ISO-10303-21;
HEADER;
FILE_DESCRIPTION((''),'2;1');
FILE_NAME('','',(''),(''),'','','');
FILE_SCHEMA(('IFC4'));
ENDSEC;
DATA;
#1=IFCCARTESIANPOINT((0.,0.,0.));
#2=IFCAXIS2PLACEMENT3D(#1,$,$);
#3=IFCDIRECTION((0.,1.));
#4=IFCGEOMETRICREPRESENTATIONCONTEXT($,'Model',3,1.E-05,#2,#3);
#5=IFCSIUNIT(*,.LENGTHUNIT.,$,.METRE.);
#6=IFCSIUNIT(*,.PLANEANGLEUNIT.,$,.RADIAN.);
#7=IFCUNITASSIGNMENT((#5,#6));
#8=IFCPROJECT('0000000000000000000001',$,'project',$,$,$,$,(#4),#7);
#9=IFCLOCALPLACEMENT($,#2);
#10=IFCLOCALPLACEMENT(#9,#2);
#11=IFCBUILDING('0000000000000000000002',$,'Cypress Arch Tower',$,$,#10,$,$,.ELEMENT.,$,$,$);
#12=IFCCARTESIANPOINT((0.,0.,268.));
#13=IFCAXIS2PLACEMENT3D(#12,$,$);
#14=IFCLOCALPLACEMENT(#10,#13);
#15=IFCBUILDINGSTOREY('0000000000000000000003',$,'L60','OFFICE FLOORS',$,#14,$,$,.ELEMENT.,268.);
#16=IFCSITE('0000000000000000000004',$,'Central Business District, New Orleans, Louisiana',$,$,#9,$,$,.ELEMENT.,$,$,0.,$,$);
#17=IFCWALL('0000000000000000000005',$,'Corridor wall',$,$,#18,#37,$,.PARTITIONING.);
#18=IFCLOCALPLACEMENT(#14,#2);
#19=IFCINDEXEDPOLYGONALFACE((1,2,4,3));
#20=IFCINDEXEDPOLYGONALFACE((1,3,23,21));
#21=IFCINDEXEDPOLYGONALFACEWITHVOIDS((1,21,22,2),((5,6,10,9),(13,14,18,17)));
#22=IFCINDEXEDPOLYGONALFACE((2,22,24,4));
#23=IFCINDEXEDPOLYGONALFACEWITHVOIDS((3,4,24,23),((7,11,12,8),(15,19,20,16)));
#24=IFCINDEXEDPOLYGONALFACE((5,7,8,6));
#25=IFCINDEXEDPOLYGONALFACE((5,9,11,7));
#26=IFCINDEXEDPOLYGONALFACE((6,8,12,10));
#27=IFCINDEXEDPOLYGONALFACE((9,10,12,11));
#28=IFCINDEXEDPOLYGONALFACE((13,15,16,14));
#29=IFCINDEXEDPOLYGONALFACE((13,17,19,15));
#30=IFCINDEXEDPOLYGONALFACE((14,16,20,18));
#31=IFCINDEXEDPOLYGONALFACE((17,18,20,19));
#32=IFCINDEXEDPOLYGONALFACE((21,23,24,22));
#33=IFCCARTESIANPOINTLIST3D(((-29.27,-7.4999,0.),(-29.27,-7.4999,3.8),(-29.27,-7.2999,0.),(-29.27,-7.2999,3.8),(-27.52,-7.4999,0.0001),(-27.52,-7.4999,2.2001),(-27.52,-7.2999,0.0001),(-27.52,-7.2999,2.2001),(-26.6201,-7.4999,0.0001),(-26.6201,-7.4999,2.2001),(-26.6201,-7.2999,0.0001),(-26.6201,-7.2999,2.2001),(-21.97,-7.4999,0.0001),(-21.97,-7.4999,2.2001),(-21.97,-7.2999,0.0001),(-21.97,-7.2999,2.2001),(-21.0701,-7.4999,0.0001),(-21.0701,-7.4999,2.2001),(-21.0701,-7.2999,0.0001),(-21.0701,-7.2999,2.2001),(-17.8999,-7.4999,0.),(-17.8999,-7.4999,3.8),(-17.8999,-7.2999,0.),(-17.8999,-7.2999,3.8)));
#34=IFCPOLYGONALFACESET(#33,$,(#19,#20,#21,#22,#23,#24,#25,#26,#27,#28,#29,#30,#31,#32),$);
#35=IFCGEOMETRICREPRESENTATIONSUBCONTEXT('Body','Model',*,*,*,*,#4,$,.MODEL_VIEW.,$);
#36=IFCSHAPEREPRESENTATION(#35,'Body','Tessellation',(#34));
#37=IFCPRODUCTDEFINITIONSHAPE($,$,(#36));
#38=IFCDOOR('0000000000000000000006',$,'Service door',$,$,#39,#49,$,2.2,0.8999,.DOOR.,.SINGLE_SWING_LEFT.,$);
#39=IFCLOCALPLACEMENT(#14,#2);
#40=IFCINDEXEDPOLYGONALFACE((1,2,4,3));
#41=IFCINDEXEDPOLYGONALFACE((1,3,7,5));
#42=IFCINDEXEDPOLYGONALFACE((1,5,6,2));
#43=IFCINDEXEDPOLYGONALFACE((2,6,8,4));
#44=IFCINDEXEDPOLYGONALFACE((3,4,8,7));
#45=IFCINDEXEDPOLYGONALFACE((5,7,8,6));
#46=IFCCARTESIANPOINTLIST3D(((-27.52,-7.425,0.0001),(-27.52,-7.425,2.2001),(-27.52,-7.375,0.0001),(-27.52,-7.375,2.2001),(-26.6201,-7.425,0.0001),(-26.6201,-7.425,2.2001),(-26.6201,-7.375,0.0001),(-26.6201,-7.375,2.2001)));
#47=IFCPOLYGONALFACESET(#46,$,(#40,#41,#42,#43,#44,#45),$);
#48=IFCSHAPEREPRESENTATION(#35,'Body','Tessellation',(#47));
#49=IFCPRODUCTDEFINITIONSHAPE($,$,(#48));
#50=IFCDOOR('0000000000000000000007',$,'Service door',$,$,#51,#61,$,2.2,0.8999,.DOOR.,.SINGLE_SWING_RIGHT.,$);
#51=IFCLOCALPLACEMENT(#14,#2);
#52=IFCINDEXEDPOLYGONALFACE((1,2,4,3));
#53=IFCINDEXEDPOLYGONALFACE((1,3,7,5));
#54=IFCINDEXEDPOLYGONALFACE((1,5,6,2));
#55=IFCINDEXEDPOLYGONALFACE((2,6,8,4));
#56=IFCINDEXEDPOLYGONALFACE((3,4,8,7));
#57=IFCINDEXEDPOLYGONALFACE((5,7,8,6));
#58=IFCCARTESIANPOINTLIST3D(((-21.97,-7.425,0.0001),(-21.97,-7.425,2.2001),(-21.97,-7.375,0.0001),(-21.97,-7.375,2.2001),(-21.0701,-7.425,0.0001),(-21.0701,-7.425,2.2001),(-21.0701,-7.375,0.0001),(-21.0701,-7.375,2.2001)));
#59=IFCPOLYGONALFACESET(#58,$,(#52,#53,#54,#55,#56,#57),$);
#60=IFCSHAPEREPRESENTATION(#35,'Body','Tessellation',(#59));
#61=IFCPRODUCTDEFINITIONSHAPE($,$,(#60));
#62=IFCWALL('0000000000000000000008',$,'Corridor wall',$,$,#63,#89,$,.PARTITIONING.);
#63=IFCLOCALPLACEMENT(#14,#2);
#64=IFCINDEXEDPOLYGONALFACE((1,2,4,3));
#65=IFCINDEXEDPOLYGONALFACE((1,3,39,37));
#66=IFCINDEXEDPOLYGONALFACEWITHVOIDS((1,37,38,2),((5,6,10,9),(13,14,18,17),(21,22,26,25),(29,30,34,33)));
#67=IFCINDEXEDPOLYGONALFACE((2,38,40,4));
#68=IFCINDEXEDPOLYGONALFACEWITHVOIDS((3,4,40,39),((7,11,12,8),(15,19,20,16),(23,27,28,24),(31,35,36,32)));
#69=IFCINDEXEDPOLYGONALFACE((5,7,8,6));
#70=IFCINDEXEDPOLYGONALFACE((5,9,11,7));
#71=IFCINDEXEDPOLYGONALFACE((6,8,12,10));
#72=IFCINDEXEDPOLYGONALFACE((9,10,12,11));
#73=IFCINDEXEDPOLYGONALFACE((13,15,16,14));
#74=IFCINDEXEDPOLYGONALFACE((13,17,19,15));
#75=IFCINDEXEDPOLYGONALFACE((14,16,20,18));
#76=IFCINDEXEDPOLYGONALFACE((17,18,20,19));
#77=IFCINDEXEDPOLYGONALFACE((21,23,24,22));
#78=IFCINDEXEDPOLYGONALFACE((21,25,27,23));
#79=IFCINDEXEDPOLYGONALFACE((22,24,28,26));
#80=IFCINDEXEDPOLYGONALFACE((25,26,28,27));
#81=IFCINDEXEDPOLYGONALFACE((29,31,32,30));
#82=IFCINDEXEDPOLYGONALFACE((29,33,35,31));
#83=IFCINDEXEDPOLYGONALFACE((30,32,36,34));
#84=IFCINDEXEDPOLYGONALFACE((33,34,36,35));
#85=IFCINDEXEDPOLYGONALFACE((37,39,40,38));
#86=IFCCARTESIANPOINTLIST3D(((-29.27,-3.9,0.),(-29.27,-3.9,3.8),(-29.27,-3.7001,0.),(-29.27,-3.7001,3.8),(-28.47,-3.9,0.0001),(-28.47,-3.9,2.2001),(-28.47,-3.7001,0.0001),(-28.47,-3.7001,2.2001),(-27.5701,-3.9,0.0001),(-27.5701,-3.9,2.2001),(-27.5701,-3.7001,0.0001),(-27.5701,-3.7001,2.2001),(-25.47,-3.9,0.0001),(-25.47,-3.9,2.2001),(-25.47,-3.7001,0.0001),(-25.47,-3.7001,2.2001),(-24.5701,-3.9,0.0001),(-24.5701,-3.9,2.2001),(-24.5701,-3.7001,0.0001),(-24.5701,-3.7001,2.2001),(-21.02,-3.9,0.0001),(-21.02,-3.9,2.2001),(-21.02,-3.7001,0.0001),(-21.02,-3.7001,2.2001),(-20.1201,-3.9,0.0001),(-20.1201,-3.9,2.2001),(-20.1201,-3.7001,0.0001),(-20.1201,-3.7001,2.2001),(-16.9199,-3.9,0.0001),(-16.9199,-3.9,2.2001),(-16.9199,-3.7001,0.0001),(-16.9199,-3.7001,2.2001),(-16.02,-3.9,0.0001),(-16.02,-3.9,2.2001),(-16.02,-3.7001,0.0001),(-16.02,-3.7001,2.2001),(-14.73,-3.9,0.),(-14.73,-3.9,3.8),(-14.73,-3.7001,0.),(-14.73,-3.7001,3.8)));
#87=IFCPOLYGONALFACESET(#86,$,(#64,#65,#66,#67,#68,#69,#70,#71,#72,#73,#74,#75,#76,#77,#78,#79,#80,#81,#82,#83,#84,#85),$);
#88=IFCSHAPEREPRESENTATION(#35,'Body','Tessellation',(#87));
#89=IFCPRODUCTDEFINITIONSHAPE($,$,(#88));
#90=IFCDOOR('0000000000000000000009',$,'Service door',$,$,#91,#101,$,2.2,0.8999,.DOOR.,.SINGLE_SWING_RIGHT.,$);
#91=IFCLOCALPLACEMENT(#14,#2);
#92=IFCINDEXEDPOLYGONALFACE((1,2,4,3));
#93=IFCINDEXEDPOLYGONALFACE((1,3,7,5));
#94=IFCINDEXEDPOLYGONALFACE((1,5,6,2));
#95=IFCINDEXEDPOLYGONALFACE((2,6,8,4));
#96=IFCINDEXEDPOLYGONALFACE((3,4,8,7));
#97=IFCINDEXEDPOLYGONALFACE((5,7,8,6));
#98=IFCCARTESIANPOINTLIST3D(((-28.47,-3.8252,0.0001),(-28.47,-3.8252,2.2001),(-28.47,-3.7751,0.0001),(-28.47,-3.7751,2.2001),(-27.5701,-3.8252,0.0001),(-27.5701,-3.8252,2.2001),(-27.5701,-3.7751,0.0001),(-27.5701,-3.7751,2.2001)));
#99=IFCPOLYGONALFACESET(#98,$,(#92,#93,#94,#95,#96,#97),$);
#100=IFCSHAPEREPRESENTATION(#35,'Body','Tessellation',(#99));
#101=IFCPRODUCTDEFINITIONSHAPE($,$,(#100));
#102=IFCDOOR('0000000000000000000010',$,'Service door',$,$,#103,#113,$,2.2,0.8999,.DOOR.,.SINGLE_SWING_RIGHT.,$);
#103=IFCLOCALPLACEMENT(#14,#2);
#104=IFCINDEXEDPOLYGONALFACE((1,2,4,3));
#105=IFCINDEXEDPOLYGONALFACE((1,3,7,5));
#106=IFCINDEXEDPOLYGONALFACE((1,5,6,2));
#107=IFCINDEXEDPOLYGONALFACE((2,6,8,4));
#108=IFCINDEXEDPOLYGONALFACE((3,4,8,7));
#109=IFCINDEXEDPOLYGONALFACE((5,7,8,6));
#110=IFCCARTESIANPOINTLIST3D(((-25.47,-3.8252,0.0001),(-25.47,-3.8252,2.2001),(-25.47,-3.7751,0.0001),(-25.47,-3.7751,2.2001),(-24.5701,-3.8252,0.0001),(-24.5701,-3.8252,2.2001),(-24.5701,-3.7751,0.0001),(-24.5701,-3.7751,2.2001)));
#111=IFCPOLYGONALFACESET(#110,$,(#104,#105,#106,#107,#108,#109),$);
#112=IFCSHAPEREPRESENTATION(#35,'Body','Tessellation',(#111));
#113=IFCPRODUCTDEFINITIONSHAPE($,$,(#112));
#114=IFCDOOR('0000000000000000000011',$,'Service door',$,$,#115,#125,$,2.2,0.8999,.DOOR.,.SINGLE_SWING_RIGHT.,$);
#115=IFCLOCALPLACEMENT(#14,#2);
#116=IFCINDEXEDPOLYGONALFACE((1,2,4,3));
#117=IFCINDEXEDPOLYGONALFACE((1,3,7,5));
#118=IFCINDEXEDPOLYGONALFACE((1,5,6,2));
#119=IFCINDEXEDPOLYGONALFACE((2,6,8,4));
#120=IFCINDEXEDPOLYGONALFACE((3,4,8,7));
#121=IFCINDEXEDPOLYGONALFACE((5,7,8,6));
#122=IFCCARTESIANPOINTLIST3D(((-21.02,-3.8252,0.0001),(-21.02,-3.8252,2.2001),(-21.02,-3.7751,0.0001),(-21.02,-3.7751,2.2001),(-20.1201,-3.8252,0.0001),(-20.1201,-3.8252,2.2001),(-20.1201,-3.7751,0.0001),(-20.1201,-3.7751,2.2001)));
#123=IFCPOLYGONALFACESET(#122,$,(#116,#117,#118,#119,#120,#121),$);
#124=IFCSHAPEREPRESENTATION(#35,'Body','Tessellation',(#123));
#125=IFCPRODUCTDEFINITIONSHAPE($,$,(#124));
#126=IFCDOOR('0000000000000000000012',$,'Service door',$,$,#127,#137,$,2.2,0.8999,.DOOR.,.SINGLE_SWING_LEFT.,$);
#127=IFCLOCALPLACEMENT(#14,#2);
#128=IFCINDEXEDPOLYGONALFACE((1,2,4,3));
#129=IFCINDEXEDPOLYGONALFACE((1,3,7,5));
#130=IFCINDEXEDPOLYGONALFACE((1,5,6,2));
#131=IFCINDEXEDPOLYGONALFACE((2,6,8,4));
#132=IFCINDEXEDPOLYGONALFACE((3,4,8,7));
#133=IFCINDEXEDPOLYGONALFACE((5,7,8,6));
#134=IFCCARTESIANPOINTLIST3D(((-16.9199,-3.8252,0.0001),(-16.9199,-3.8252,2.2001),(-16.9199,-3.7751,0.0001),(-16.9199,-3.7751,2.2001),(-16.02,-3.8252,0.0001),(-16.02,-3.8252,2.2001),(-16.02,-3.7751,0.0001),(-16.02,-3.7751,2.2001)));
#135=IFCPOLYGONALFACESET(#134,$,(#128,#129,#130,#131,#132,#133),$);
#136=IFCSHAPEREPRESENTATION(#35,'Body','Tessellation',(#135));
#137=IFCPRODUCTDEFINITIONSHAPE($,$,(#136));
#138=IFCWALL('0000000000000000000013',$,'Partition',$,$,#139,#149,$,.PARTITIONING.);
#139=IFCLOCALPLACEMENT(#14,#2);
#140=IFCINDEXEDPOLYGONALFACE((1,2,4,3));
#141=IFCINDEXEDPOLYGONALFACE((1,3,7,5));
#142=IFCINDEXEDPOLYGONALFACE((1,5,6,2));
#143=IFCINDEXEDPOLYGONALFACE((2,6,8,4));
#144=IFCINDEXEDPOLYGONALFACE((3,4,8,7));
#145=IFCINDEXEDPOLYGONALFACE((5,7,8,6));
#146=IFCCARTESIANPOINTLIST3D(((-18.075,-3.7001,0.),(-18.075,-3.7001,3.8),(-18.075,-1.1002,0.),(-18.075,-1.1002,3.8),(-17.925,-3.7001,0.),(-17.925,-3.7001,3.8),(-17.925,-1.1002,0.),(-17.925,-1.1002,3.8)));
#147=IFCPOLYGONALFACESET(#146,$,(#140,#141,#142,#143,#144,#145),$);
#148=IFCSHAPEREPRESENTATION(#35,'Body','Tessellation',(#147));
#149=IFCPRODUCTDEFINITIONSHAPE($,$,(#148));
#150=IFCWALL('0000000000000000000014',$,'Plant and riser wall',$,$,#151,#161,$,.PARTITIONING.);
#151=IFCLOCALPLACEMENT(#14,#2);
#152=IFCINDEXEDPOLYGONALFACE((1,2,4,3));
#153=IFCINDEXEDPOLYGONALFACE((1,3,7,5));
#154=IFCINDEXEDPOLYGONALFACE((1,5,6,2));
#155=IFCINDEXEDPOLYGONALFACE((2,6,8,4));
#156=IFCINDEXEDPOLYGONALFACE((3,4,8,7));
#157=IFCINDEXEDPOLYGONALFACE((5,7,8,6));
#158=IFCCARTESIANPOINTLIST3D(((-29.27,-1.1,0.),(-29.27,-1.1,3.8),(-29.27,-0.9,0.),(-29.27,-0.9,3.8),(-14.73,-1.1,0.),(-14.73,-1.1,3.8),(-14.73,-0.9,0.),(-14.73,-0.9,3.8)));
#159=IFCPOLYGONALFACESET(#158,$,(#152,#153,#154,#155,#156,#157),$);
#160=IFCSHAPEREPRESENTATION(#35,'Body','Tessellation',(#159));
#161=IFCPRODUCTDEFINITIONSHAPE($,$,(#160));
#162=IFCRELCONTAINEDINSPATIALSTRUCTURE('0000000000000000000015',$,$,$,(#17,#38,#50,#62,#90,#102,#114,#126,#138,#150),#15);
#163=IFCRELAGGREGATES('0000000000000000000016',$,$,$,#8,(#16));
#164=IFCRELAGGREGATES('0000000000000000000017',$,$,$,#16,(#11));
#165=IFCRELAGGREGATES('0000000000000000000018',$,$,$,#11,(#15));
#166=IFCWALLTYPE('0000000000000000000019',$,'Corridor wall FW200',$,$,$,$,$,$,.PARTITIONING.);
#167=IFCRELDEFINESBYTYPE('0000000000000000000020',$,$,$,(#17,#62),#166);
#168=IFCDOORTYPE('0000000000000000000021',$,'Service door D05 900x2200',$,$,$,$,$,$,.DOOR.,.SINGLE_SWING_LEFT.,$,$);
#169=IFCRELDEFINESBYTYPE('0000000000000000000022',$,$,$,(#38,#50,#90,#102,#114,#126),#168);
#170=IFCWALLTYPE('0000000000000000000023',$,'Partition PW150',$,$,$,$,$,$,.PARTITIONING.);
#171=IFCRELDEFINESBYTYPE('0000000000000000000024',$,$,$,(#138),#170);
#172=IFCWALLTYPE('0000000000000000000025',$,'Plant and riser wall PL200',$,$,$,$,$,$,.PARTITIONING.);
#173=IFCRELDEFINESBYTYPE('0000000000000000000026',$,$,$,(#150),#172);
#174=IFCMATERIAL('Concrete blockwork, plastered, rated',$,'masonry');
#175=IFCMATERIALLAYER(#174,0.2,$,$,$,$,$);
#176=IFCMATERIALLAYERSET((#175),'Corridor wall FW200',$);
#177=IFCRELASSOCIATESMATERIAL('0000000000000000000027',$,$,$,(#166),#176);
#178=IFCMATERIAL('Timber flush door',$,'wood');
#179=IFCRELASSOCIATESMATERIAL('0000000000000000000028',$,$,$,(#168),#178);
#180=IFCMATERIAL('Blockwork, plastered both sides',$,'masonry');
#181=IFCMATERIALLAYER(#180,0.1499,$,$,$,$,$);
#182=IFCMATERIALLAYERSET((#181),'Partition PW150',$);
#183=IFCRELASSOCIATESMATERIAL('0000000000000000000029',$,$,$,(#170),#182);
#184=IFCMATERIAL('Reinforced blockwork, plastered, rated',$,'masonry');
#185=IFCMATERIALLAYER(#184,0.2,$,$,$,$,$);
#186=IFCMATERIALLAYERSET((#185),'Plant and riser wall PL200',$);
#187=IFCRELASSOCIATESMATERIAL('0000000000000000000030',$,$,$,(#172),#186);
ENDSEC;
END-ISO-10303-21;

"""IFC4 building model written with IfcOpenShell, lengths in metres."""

from ifc_helpers import new_model, si_unit, direction, frame, frame_2d, origin, place, context, subcontext, project, spatial, rectangle, extrude, material, layer, layer_set, type_object, element, fill, save


model = new_model("IFC4")

# Units and contexts
model_context = context("Model", 3, precision=1e-05, world=origin(), true_north=direction((0.0, 1.0)))
body_context = subcontext(model_context, "Body", "Model", "MODEL_VIEW")
ifc_project = project(units=[si_unit("LENGTHUNIT", "METRE"), si_unit("PLANEANGLEUNIT", "RADIAN")], contexts=[model_context])

# Site, building, storey
site_placement = place(None, origin())
site = spatial("IfcSite", under=ifc_project, at=site_placement, Name="Central Business District, New Orleans, Louisiana", CompositionType="ELEMENT", RefElevation=0.0)
building_placement = place(site_placement, origin())
building = spatial("IfcBuilding", under=site, at=building_placement, Name="Cypress Arch Tower", CompositionType="ELEMENT")
storey_placement = place(building_placement, frame((0.0, 0.0, 268.0)))
storey = spatial("IfcBuildingStorey", under=building, at=storey_placement, Name="L60", Description="OFFICE FLOORS", CompositionType="ELEMENT", Elevation=268.0)

# Walls, openings, doors
ifc_material_1 = material(Name="Concrete blockwork, plastered, rated", Category="masonry")
ifc_layer_1 = layer(ifc_material_1, 0.2)
ifc_layer_set_1 = layer_set([ifc_layer_1], Name="Corridor wall FW200")
wall_type_1 = type_object("IfcWallType", Name="Corridor wall FW200", PredefinedType="PARTITIONING", material=ifc_layer_set_1)
wall_1_placement = place(storey_placement, frame((-29.27, -7.3999, 0.0), z_axis=(0.0, 0.0, 1.0), x_axis=(1.0, 0.0, 0.0)))
wall_1 = element("IfcWall", 1, at=wall_1_placement, inside=storey, type_object=wall_type_1, Name="Corridor wall", PredefinedType="PARTITIONING", context=body_context, shape_type="SweptSolid", body=[
    extrude(rectangle(XDim=11.3701, YDim=0.2, at=frame_2d((5.6851, 0.0))), origin(), (0.0, 0.0, 1.0), 3.8),
])
opening_1_placement = place(wall_1_placement, frame((1.75, 0.0, 0.0)))
opening_1 = element("IfcOpeningElement", 2, at=opening_1_placement, cuts=wall_1, PredefinedType="OPENING", context=body_context, shape_type="SweptSolid", body=[
    extrude(rectangle(XDim=0.8999, YDim=2.2, at=frame_2d((0.45, 1.1001))), frame((0.0, 0.1099, 0.0), z_axis=(0.0, -1.0, 0.0), x_axis=(1.0, 0.0, 0.0)), (0.0, 0.0, 1.0), 0.22),
])
opening_2_placement = place(wall_1_placement, frame((7.3, 0.0, 0.0)))
opening_2 = element("IfcOpeningElement", 3, at=opening_2_placement, cuts=wall_1, PredefinedType="OPENING", context=body_context, shape_type="SweptSolid", body=[
    extrude(rectangle(XDim=0.8999, YDim=2.2, at=frame_2d((0.45, 1.1001))), frame((0.0, 0.1099, 0.0), z_axis=(0.0, -1.0, 0.0), x_axis=(1.0, 0.0, 0.0)), (0.0, 0.0, 1.0), 0.22),
])
ifc_material_2 = material(Name="Timber flush door", Category="wood")
door_type = type_object("IfcDoorType", Name="Service door D05 900x2200", OperationType="SINGLE_SWING_LEFT", PredefinedType="DOOR", material=ifc_material_2)
door_1_placement = place(opening_1_placement, origin())
door_1 = element("IfcDoor", 4, at=door_1_placement, inside=storey, type_object=door_type, Name="Service door", OperationType="SINGLE_SWING_LEFT", OverallHeight=2.2, OverallWidth=0.8999, PredefinedType="DOOR", context=body_context, shape_type="SweptSolid", body=[
    extrude(rectangle(XDim=0.8999, YDim=2.2, at=frame_2d((0.45, 1.1001))), frame((0.0, 0.0249, 0.0), z_axis=(0.0, -1.0, 0.0), x_axis=(1.0, 0.0, 0.0)), (0.0, 0.0, 1.0), 0.05),
])
fill(opening_1, door_1)
door_2_placement = place(opening_2_placement, origin())
door_2 = element("IfcDoor", 5, at=door_2_placement, inside=storey, type_object=door_type, Name="Service door", OperationType="SINGLE_SWING_RIGHT", OverallHeight=2.2, OverallWidth=0.8999, PredefinedType="DOOR", context=body_context, shape_type="SweptSolid", body=[
    extrude(rectangle(XDim=0.8999, YDim=2.2, at=frame_2d((0.45, 1.1001))), frame((0.0, 0.0249, 0.0), z_axis=(0.0, -1.0, 0.0), x_axis=(1.0, 0.0, 0.0)), (0.0, 0.0, 1.0), 0.05),
])
fill(opening_2, door_2)
wall_2_placement = place(storey_placement, frame((-29.27, -3.8, 0.0), z_axis=(0.0, 0.0, 1.0), x_axis=(1.0, 0.0, 0.0)))
wall_2 = element("IfcWall", 6, at=wall_2_placement, inside=storey, type_object=wall_type_1, Name="Corridor wall", PredefinedType="PARTITIONING", context=body_context, shape_type="SweptSolid", body=[
    extrude(rectangle(XDim=14.54, YDim=0.2, at=frame_2d((7.27, 0.0))), origin(), (0.0, 0.0, 1.0), 3.8),
])
opening_3_placement = place(wall_2_placement, frame((0.8, 0.0, 0.0)))
opening_3 = element("IfcOpeningElement", 7, at=opening_3_placement, cuts=wall_2, PredefinedType="OPENING", context=body_context, shape_type="SweptSolid", body=[
    extrude(rectangle(XDim=0.8999, YDim=2.2, at=frame_2d((0.45, 1.1001))), frame((0.0, 0.1099, 0.0), z_axis=(0.0, -1.0, 0.0), x_axis=(1.0, 0.0, 0.0)), (0.0, 0.0, 1.0), 0.22),
])
opening_4_placement = place(wall_2_placement, frame((3.8, 0.0, 0.0)))
opening_4 = element("IfcOpeningElement", 8, at=opening_4_placement, cuts=wall_2, PredefinedType="OPENING", context=body_context, shape_type="SweptSolid", body=[
    extrude(rectangle(XDim=0.8999, YDim=2.2, at=frame_2d((0.45, 1.1001))), frame((0.0, 0.1099, 0.0), z_axis=(0.0, -1.0, 0.0), x_axis=(1.0, 0.0, 0.0)), (0.0, 0.0, 1.0), 0.22),
])
opening_5_placement = place(wall_2_placement, frame((8.25, 0.0, 0.0)))
opening_5 = element("IfcOpeningElement", 9, at=opening_5_placement, cuts=wall_2, PredefinedType="OPENING", context=body_context, shape_type="SweptSolid", body=[
    extrude(rectangle(XDim=0.8999, YDim=2.2, at=frame_2d((0.45, 1.1001))), frame((0.0, 0.1099, 0.0), z_axis=(0.0, -1.0, 0.0), x_axis=(1.0, 0.0, 0.0)), (0.0, 0.0, 1.0), 0.22),
])
opening_6_placement = place(wall_2_placement, frame((12.3501, 0.0, 0.0)))
opening_6 = element("IfcOpeningElement", 10, at=opening_6_placement, cuts=wall_2, PredefinedType="OPENING", context=body_context, shape_type="SweptSolid", body=[
    extrude(rectangle(XDim=0.8999, YDim=2.2, at=frame_2d((0.45, 1.1001))), frame((0.0, 0.1099, 0.0), z_axis=(0.0, -1.0, 0.0), x_axis=(1.0, 0.0, 0.0)), (0.0, 0.0, 1.0), 0.22),
])
door_3_placement = place(opening_3_placement, origin())
door_3 = element("IfcDoor", 11, at=door_3_placement, inside=storey, type_object=door_type, Name="Service door", OperationType="SINGLE_SWING_RIGHT", OverallHeight=2.2, OverallWidth=0.8999, PredefinedType="DOOR", context=body_context, shape_type="SweptSolid", body=[
    extrude(rectangle(XDim=0.8999, YDim=2.2, at=frame_2d((0.45, 1.1001))), frame((0.0, 0.0249, 0.0), z_axis=(0.0, -1.0, 0.0), x_axis=(1.0, 0.0, 0.0)), (0.0, 0.0, 1.0), 0.05),
])
fill(opening_3, door_3)
door_4_placement = place(opening_4_placement, origin())
door_4 = element("IfcDoor", 12, at=door_4_placement, inside=storey, type_object=door_type, Name="Service door", OperationType="SINGLE_SWING_RIGHT", OverallHeight=2.2, OverallWidth=0.8999, PredefinedType="DOOR", context=body_context, shape_type="SweptSolid", body=[
    extrude(rectangle(XDim=0.8999, YDim=2.2, at=frame_2d((0.45, 1.1001))), frame((0.0, 0.0249, 0.0), z_axis=(0.0, -1.0, 0.0), x_axis=(1.0, 0.0, 0.0)), (0.0, 0.0, 1.0), 0.05),
])
fill(opening_4, door_4)
door_5_placement = place(opening_5_placement, origin())
door_5 = element("IfcDoor", 13, at=door_5_placement, inside=storey, type_object=door_type, Name="Service door", OperationType="SINGLE_SWING_RIGHT", OverallHeight=2.2, OverallWidth=0.8999, PredefinedType="DOOR", context=body_context, shape_type="SweptSolid", body=[
    extrude(rectangle(XDim=0.8999, YDim=2.2, at=frame_2d((0.45, 1.1001))), frame((0.0, 0.0249, 0.0), z_axis=(0.0, -1.0, 0.0), x_axis=(1.0, 0.0, 0.0)), (0.0, 0.0, 1.0), 0.05),
])
fill(opening_5, door_5)
door_6_placement = place(opening_6_placement, origin())
door_6 = element("IfcDoor", 14, at=door_6_placement, inside=storey, type_object=door_type, Name="Service door", OperationType="SINGLE_SWING_LEFT", OverallHeight=2.2, OverallWidth=0.8999, PredefinedType="DOOR", context=body_context, shape_type="SweptSolid", body=[
    extrude(rectangle(XDim=0.8999, YDim=2.2, at=frame_2d((0.45, 1.1001))), frame((0.0, 0.0249, 0.0), z_axis=(0.0, -1.0, 0.0), x_axis=(1.0, 0.0, 0.0)), (0.0, 0.0, 1.0), 0.05),
])
fill(opening_6, door_6)

# Walls
ifc_material_3 = material(Name="Blockwork, plastered both sides", Category="masonry")
ifc_layer_2 = layer(ifc_material_3, 0.1499)
ifc_layer_set_2 = layer_set([ifc_layer_2], Name="Partition PW150")
wall_type_2 = type_object("IfcWallType", Name="Partition PW150", PredefinedType="PARTITIONING", material=ifc_layer_set_2)
wall_3_placement = place(storey_placement, frame((-18.0, -3.7, 0.0), z_axis=(0.0, 0.0, 1.0), x_axis=(0.0, 1.0, 0.0)))
element("IfcWall", 15, at=wall_3_placement, inside=storey, type_object=wall_type_2, Name="Partition", PredefinedType="PARTITIONING", context=body_context, shape_type="SweptSolid", body=[
    extrude(rectangle(XDim=2.5999, YDim=0.1499, at=frame_2d((1.2998, 0.0))), origin(), (0.0, 0.0, 1.0), 3.8),
])
ifc_material_4 = material(Name="Reinforced blockwork, plastered, rated", Category="masonry")
ifc_layer_3 = layer(ifc_material_4, 0.2)
ifc_layer_set_3 = layer_set([ifc_layer_3], Name="Plant and riser wall PL200")
wall_type_3 = type_object("IfcWallType", Name="Plant and riser wall PL200", PredefinedType="PARTITIONING", material=ifc_layer_set_3)
wall_4_placement = place(storey_placement, frame((-29.27, -1.0, 0.0), z_axis=(0.0, 0.0, 1.0), x_axis=(1.0, 0.0, 0.0)))
element("IfcWall", 16, at=wall_4_placement, inside=storey, type_object=wall_type_3, Name="Plant and riser wall", PredefinedType="PARTITIONING", context=body_context, shape_type="SweptSolid", body=[
    extrude(rectangle(XDim=14.54, YDim=0.2, at=frame_2d((7.27, 0.0))), origin(), (0.0, 0.0, 1.0), 3.8),
])

save(model, "model.ifc")
